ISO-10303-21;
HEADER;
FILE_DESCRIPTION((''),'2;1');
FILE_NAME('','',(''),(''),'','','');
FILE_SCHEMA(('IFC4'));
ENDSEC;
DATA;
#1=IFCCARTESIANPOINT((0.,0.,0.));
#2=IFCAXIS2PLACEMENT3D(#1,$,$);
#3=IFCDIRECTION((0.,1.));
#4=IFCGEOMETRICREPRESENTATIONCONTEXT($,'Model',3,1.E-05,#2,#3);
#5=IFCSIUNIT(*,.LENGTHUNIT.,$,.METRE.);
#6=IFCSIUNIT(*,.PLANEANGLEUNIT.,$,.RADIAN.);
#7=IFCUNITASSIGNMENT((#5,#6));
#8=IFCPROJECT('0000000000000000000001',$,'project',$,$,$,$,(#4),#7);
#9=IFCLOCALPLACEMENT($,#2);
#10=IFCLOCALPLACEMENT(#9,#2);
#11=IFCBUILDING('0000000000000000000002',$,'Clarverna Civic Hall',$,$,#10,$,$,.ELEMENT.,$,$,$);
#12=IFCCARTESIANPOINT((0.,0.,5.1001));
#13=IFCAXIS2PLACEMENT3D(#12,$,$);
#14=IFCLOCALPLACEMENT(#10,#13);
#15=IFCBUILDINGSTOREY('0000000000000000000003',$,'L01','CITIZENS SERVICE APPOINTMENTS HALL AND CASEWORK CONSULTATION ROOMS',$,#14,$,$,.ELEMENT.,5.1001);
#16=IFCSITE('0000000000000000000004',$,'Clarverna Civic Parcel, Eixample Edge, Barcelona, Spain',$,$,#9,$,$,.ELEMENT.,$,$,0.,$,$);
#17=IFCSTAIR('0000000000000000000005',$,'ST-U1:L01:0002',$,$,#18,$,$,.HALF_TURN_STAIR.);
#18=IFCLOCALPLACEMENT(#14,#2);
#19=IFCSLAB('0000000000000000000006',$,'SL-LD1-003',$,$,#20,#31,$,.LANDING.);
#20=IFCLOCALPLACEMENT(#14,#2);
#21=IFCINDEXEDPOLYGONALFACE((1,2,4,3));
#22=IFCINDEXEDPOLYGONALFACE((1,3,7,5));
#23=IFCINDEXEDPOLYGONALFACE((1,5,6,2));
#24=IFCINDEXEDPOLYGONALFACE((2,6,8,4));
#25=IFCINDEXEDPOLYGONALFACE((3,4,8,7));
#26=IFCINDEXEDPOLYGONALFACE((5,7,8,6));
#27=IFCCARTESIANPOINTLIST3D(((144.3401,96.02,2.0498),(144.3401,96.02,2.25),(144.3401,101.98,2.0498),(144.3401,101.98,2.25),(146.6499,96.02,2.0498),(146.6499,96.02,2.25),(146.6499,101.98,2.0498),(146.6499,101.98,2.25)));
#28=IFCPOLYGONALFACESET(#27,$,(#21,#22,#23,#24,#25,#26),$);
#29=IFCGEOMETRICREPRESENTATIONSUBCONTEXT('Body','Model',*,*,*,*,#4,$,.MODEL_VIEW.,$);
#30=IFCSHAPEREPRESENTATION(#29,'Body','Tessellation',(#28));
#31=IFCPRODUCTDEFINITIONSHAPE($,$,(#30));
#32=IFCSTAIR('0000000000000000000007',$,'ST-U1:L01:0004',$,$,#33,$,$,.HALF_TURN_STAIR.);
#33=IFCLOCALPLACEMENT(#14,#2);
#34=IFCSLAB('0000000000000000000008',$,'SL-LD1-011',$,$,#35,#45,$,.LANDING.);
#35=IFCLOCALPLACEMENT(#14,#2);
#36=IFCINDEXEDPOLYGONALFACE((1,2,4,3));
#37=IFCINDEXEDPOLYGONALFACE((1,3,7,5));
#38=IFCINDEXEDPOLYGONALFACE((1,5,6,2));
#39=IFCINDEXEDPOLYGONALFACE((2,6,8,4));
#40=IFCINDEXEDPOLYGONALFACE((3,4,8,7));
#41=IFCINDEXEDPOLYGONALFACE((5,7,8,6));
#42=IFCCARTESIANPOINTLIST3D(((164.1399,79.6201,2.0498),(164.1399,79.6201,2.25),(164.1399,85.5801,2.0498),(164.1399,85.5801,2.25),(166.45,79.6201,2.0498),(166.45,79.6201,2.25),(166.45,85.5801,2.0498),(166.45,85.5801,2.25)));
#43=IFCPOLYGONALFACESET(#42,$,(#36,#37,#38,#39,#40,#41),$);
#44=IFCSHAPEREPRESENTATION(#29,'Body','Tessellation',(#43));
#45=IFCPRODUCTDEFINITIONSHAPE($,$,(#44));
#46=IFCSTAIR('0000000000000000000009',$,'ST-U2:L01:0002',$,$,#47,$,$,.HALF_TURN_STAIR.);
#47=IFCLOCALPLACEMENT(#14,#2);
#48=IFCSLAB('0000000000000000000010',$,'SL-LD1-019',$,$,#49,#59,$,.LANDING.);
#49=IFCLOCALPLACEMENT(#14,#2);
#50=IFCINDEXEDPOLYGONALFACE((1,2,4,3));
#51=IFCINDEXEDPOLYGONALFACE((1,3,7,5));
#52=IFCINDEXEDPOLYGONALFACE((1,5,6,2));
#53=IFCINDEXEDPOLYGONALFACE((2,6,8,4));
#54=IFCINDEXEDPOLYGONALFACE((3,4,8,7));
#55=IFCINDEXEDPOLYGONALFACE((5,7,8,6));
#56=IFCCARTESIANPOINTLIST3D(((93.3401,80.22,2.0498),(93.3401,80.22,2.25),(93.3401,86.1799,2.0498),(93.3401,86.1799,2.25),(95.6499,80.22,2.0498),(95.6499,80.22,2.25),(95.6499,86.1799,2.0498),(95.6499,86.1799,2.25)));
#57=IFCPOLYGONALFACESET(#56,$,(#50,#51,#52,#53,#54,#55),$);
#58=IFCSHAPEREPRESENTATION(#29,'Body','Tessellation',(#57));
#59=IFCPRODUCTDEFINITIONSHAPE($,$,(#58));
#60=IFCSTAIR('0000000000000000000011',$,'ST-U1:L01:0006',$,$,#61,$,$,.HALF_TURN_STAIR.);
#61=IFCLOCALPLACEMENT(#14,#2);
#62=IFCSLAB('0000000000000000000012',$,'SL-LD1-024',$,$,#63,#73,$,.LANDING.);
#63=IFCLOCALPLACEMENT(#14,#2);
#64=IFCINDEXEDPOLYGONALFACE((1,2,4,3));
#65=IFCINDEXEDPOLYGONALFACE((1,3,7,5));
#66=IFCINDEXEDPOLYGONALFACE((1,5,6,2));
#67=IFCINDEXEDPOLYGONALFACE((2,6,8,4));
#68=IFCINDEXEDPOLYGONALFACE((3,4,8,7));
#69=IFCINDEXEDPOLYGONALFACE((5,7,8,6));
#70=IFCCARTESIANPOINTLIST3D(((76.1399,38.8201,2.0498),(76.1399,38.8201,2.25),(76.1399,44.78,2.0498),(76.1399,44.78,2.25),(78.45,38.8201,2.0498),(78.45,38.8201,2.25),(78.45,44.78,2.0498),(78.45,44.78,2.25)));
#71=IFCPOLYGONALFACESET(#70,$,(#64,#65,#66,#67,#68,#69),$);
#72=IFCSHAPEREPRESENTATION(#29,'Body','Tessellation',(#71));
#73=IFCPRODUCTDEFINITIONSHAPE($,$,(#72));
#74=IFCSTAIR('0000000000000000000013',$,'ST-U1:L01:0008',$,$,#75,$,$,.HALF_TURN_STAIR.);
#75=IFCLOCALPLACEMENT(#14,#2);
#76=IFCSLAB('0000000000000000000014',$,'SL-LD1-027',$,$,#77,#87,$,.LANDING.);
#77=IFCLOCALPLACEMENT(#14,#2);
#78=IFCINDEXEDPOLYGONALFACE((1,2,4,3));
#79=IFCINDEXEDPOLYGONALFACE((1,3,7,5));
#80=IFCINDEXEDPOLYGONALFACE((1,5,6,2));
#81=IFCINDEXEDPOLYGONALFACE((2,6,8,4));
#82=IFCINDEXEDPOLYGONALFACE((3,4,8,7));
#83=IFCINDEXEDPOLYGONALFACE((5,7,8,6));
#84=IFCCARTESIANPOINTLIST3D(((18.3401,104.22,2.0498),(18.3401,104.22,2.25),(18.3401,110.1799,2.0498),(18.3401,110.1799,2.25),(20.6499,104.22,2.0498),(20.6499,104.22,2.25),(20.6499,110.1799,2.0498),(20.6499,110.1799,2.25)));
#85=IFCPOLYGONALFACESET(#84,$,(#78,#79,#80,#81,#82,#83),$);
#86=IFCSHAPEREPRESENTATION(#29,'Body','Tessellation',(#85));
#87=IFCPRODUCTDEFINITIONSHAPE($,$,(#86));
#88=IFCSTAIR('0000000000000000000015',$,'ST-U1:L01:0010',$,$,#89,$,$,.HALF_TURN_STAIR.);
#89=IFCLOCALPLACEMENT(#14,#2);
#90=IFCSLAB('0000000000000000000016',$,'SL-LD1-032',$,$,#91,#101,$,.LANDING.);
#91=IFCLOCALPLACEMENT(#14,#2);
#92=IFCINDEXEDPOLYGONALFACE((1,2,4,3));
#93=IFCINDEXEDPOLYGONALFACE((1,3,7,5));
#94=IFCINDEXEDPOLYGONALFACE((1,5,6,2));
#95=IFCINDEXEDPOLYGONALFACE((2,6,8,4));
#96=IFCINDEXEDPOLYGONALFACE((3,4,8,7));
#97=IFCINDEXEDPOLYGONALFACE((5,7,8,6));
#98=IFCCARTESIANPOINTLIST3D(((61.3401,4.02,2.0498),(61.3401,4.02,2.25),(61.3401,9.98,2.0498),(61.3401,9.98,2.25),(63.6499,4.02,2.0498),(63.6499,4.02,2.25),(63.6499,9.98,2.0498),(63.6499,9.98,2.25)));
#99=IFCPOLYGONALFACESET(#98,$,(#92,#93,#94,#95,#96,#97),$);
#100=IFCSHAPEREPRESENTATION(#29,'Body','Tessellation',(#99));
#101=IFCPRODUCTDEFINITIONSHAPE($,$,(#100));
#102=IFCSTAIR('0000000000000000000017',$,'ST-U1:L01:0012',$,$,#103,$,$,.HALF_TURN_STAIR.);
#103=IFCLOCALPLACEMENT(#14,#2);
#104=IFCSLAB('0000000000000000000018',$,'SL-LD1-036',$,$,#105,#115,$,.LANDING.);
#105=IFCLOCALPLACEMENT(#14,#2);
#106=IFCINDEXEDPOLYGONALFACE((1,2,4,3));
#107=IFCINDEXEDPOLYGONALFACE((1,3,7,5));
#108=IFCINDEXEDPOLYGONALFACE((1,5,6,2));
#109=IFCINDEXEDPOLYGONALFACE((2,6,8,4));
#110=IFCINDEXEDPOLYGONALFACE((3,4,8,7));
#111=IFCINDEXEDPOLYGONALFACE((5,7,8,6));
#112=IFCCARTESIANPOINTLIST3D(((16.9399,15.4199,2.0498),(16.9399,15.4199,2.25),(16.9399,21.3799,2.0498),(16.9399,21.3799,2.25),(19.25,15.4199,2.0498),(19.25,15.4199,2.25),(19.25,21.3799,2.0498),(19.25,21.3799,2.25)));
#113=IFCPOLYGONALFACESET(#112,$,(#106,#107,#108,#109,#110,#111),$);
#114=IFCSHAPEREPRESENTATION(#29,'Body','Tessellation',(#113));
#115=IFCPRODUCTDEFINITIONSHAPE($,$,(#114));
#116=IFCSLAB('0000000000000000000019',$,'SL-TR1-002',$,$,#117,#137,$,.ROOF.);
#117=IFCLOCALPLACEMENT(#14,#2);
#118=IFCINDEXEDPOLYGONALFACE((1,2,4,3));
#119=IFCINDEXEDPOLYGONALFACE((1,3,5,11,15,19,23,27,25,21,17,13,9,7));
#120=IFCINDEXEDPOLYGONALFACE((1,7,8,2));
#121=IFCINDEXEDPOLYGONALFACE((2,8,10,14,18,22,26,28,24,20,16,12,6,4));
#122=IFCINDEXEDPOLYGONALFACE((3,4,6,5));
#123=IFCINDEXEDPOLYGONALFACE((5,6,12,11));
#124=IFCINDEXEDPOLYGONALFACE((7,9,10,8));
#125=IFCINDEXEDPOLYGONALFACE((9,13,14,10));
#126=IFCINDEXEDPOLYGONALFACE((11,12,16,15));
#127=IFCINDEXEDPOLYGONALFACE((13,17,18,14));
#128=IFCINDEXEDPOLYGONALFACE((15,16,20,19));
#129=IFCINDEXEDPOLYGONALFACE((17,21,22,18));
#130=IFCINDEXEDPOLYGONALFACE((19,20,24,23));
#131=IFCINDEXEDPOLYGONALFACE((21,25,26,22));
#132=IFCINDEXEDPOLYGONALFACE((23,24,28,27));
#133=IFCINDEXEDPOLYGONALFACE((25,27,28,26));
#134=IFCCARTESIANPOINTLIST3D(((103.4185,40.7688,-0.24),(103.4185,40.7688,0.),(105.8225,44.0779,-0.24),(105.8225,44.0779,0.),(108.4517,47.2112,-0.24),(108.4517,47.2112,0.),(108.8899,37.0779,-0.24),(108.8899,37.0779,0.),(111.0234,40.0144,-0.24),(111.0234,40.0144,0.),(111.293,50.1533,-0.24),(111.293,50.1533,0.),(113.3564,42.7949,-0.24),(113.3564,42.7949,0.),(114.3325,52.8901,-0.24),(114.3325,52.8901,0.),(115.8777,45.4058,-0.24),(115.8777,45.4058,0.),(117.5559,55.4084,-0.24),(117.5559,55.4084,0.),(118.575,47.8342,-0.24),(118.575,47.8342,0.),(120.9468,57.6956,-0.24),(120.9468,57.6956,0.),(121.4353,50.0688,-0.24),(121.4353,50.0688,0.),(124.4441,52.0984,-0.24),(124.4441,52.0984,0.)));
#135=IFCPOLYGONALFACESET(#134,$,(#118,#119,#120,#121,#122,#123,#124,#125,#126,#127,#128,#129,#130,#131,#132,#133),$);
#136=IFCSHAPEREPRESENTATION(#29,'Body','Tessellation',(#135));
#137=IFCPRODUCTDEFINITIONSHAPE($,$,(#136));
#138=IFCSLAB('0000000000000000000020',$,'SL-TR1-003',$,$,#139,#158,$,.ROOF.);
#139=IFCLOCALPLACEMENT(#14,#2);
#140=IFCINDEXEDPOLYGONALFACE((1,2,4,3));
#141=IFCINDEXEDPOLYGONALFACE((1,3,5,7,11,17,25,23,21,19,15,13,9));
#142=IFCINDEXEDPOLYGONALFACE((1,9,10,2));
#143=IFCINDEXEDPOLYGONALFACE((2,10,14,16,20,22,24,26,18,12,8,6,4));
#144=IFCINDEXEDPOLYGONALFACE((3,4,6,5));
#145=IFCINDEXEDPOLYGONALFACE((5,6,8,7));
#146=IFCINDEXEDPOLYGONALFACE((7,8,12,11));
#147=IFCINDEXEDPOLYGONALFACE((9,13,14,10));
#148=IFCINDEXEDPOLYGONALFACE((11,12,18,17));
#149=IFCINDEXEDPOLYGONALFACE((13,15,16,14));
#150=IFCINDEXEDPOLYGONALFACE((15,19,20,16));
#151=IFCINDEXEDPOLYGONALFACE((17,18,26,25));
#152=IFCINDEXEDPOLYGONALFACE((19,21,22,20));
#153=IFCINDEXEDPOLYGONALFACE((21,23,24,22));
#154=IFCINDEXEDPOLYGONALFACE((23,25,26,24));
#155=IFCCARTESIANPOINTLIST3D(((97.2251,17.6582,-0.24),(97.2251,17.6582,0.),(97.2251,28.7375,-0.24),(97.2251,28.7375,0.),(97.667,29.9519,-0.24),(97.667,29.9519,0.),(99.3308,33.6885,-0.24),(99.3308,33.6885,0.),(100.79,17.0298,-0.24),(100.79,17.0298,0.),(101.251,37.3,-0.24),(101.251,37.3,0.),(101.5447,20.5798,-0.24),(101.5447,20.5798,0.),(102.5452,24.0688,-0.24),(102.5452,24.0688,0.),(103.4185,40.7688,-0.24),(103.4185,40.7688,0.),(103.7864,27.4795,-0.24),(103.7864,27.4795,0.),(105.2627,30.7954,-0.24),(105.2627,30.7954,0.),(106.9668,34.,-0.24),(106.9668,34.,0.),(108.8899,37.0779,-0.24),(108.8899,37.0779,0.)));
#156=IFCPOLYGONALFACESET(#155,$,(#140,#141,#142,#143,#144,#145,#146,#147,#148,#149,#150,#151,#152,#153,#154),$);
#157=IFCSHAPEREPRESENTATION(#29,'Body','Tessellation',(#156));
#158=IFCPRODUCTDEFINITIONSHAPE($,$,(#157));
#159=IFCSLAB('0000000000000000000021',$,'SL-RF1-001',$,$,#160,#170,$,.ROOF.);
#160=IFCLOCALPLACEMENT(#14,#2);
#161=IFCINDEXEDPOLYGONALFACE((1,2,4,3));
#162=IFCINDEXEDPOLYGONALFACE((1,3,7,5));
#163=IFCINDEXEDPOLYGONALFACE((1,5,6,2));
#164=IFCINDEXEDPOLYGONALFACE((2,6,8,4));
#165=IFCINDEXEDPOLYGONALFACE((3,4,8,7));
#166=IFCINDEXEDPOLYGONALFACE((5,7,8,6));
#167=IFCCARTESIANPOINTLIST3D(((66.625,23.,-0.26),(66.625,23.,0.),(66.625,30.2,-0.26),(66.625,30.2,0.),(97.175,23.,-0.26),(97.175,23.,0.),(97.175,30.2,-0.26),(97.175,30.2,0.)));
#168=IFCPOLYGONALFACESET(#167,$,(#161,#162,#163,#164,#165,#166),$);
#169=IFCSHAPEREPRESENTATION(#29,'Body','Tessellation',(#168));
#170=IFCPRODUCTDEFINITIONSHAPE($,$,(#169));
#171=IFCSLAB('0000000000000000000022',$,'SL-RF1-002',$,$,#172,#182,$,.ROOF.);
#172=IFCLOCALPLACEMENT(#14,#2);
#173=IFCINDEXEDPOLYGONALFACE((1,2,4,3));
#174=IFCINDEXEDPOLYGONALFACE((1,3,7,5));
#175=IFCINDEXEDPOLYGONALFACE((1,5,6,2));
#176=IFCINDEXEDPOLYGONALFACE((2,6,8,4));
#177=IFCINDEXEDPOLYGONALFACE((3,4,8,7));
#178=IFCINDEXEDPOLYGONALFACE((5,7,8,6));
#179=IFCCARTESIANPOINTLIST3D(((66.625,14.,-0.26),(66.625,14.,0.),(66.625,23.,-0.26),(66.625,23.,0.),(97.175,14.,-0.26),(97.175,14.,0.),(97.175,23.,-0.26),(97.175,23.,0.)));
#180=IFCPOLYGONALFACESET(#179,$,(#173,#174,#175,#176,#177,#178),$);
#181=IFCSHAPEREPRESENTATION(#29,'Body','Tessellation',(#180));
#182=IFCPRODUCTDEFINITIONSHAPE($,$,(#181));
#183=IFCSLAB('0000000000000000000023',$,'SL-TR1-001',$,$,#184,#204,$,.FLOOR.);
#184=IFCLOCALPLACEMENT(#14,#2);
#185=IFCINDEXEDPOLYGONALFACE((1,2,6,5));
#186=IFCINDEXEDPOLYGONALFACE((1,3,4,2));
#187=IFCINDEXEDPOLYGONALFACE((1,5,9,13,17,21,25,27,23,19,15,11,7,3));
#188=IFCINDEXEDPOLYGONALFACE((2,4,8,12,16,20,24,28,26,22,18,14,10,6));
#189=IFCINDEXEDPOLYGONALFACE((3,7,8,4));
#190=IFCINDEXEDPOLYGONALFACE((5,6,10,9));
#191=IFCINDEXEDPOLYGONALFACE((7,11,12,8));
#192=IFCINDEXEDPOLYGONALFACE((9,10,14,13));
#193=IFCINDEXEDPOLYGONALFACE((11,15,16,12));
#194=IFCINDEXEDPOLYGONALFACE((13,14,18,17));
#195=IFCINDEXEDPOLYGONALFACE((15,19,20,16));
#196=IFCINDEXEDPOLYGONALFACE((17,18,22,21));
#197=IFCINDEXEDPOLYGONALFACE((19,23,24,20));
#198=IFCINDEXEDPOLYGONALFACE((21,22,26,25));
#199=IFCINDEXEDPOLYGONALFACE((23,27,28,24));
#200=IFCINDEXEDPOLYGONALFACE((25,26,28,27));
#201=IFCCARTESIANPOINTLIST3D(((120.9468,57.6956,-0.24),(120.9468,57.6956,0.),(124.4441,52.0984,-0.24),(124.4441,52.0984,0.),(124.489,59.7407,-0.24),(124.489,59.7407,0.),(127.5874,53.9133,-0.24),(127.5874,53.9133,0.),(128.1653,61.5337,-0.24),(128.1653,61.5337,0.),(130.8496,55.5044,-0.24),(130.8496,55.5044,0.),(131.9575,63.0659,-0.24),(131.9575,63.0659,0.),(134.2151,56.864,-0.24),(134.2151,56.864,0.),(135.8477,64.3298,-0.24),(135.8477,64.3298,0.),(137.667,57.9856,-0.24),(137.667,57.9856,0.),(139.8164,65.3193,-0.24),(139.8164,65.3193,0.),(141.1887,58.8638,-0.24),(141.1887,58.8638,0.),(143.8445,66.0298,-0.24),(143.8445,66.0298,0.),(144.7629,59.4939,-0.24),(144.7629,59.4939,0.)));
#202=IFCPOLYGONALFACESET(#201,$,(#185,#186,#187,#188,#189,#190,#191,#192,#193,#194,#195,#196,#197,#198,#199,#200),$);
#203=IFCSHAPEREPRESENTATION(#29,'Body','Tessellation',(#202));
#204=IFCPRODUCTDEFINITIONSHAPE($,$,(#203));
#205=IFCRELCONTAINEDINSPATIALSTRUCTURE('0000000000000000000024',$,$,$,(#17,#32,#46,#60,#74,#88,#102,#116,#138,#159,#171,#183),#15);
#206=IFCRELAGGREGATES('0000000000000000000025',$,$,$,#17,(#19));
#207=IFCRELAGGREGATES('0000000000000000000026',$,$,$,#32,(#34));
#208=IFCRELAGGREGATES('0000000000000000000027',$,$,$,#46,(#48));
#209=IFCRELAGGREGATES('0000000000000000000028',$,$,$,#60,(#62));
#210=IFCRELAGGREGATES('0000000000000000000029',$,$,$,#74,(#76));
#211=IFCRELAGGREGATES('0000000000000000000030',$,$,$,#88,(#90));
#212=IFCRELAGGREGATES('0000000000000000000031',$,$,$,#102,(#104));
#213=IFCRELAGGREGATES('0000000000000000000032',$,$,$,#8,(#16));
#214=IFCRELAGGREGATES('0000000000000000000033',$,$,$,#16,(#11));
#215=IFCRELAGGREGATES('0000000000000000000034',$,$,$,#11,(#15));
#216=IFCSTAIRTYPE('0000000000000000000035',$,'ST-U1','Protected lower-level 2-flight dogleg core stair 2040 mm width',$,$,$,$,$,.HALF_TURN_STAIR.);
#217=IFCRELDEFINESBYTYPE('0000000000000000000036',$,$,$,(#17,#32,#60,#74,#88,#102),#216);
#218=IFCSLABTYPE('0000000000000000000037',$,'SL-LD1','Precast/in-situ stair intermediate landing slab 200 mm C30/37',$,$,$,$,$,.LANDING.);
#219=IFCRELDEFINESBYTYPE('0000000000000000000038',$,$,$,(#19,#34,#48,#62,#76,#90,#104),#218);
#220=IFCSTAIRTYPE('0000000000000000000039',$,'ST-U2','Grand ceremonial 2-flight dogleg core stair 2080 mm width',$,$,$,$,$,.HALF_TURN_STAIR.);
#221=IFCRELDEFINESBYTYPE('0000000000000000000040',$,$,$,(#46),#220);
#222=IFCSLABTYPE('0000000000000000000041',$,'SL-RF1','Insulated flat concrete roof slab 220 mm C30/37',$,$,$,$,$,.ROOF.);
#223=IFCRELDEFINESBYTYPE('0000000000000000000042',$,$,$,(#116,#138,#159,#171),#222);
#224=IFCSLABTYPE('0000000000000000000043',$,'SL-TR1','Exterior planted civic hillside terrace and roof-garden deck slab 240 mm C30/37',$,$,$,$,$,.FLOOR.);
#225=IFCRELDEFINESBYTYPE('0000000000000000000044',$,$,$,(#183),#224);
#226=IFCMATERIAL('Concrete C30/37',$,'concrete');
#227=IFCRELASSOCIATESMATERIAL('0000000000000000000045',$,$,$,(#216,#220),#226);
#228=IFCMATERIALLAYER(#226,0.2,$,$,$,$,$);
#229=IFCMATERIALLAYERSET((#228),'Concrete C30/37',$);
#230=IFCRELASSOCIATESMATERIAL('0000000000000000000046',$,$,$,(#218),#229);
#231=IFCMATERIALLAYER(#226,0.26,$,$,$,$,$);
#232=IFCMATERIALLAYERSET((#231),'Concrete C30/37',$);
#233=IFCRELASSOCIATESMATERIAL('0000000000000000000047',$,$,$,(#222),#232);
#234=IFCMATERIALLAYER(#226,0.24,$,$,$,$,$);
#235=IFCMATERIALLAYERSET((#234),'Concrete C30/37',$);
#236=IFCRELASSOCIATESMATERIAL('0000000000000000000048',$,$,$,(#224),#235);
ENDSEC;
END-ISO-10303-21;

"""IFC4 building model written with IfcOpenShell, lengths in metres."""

from ifc_helpers import new_model, si_unit, direction, frame, origin, place, context, subcontext, project, spatial, polyline, outline, extrude, material, layer, layer_set, type_object, element, aggregate, save


model = new_model("IFC4")

# Units and contexts
model_context = context("Model", 3, precision=1e-05, world=origin(), true_north=direction((0.0, 1.0)))
body_context = subcontext(model_context, "Body", "Model", "MODEL_VIEW")
ifc_project = project(units=[si_unit("LENGTHUNIT", "METRE"), si_unit("PLANEANGLEUNIT", "RADIAN")], contexts=[model_context])

# Site, building, storey
site_placement = place(None, origin())
site = spatial("IfcSite", under=ifc_project, at=site_placement, Name="Clarverna Civic Parcel, Eixample Edge, Barcelona, Spain", CompositionType="ELEMENT", RefElevation=0.0)
building_placement = place(site_placement, origin())
building = spatial("IfcBuilding", under=site, at=building_placement, Name="Clarverna Civic Hall", CompositionType="ELEMENT")
storey_placement = place(building_placement, frame((0.0, 0.0, 5.1001)))
storey = spatial("IfcBuildingStorey", under=building, at=storey_placement, Name="L01", Description="CITIZENS SERVICE APPOINTMENTS HALL AND CASEWORK CONSULTATION ROOMS", CompositionType="ELEMENT", Elevation=5.1001)

# Shared definitions
ifc_material_1 = material(Name="Concrete C30/37", Category="concrete")

# Stairs, slabs
stair_type_1 = type_object("IfcStairType", Name="ST-U1", Description="Protected lower-level 2-flight dogleg core stair 2040 mm width", PredefinedType="HALF_TURN_STAIR", material=ifc_material_1)
stair_1_placement = place(storey_placement, origin())
stair_1 = element("IfcStair", 1, at=stair_1_placement, inside=storey, type_object=stair_type_1, Name="ST-U1:L01:0002", PredefinedType="HALF_TURN_STAIR")
ifc_layer_1 = layer(ifc_material_1, 0.2)
ifc_layer_set_1 = layer_set([ifc_layer_1], Name="Concrete C30/37")
slab_type_1 = type_object("IfcSlabType", Name="SL-LD1", Description="Precast/in-situ stair intermediate landing slab 200 mm C30/37", PredefinedType="LANDING", material=ifc_layer_set_1)
slab_1_placement = place(storey_placement, frame((0.0, 0.0, 2.0498)))
slab_1 = element("IfcSlab", 2, at=slab_1_placement, type_object=slab_type_1, Name="SL-LD1-003", PredefinedType="LANDING", context=body_context, shape_type="SweptSolid", body=[
    extrude(outline(polyline([(144.3401, 96.02), (146.6499, 96.02), (146.6499, 101.98), (144.3401, 101.98), (144.3401, 96.02)])), origin(), (0.0, 0.0, 1.0), 0.2002),
])
aggregate(stair_1, [slab_1])
stair_2_placement = place(storey_placement, origin())
stair_2 = element("IfcStair", 3, at=stair_2_placement, inside=storey, type_object=stair_type_1, Name="ST-U1:L01:0004", PredefinedType="HALF_TURN_STAIR")
slab_2_placement = place(storey_placement, frame((0.0, 0.0, 2.0498)))
slab_2 = element("IfcSlab", 4, at=slab_2_placement, type_object=slab_type_1, Name="SL-LD1-011", PredefinedType="LANDING", context=body_context, shape_type="SweptSolid", body=[
    extrude(outline(polyline([(164.1399, 79.6201), (166.45, 79.6201), (166.45, 85.5801), (164.1399, 85.5801), (164.1399, 79.6201)])), origin(), (0.0, 0.0, 1.0), 0.2002),
])
aggregate(stair_2, [slab_2])
stair_type_2 = type_object("IfcStairType", Name="ST-U2", Description="Grand ceremonial 2-flight dogleg core stair 2080 mm width", PredefinedType="HALF_TURN_STAIR", material=ifc_material_1)
stair_3_placement = place(storey_placement, origin())
stair_3 = element("IfcStair", 5, at=stair_3_placement, inside=storey, type_object=stair_type_2, Name="ST-U2:L01:0002", PredefinedType="HALF_TURN_STAIR")
slab_3_placement = place(storey_placement, frame((0.0, 0.0, 2.0498)))
slab_3 = element("IfcSlab", 6, at=slab_3_placement, type_object=slab_type_1, Name="SL-LD1-019", PredefinedType="LANDING", context=body_context, shape_type="SweptSolid", body=[
    extrude(outline(polyline([(93.3401, 80.22), (95.6499, 80.22), (95.6499, 86.1799), (93.3401, 86.1799), (93.3401, 80.22)])), origin(), (0.0, 0.0, 1.0), 0.2002),
])
aggregate(stair_3, [slab_3])
stair_4_placement = place(storey_placement, origin())
stair_4 = element("IfcStair", 7, at=stair_4_placement, inside=storey, type_object=stair_type_1, Name="ST-U1:L01:0006", PredefinedType="HALF_TURN_STAIR")
slab_4_placement = place(storey_placement, frame((0.0, 0.0, 2.0498)))
slab_4 = element("IfcSlab", 8, at=slab_4_placement, type_object=slab_type_1, Name="SL-LD1-024", PredefinedType="LANDING", context=body_context, shape_type="SweptSolid", body=[
    extrude(outline(polyline([(76.1399, 38.8201), (78.45, 38.8201), (78.45, 44.78), (76.1399, 44.78), (76.1399, 38.8201)])), origin(), (0.0, 0.0, 1.0), 0.2002),
])
aggregate(stair_4, [slab_4])
stair_5_placement = place(storey_placement, origin())
stair_5 = element("IfcStair", 9, at=stair_5_placement, inside=storey, type_object=stair_type_1, Name="ST-U1:L01:0008", PredefinedType="HALF_TURN_STAIR")
slab_5_placement = place(storey_placement, frame((0.0, 0.0, 2.0498)))
slab_5 = element("IfcSlab", 10, at=slab_5_placement, type_object=slab_type_1, Name="SL-LD1-027", PredefinedType="LANDING", context=body_context, shape_type="SweptSolid", body=[
    extrude(outline(polyline([(18.3401, 104.22), (20.6499, 104.22), (20.6499, 110.1799), (18.3401, 110.1799), (18.3401, 104.22)])), origin(), (0.0, 0.0, 1.0), 0.2002),
])
aggregate(stair_5, [slab_5])
stair_6_placement = place(storey_placement, origin())
stair_6 = element("IfcStair", 11, at=stair_6_placement, inside=storey, type_object=stair_type_1, Name="ST-U1:L01:0010", PredefinedType="HALF_TURN_STAIR")
slab_6_placement = place(storey_placement, frame((0.0, 0.0, 2.0498)))
slab_6 = element("IfcSlab", 12, at=slab_6_placement, type_object=slab_type_1, Name="SL-LD1-032", PredefinedType="LANDING", context=body_context, shape_type="SweptSolid", body=[
    extrude(outline(polyline([(61.3401, 4.02), (63.6499, 4.02), (63.6499, 9.98), (61.3401, 9.98), (61.3401, 4.02)])), origin(), (0.0, 0.0, 1.0), 0.2002),
])
aggregate(stair_6, [slab_6])
stair_7_placement = place(storey_placement, origin())
stair_7 = element("IfcStair", 13, at=stair_7_placement, inside=storey, type_object=stair_type_1, Name="ST-U1:L01:0012", PredefinedType="HALF_TURN_STAIR")
slab_7_placement = place(storey_placement, frame((0.0, 0.0, 2.0498)))
slab_7 = element("IfcSlab", 14, at=slab_7_placement, type_object=slab_type_1, Name="SL-LD1-036", PredefinedType="LANDING", context=body_context, shape_type="SweptSolid", body=[
    extrude(outline(polyline([(16.9399, 15.4199), (19.25, 15.4199), (19.25, 21.3799), (16.9399, 21.3799), (16.9399, 15.4199)])), origin(), (0.0, 0.0, 1.0), 0.2002),
])
aggregate(stair_7, [slab_7])

# Slabs
ifc_layer_2 = layer(ifc_material_1, 0.26)
ifc_layer_set_2 = layer_set([ifc_layer_2], Name="Concrete C30/37")
slab_type_2 = type_object("IfcSlabType", Name="SL-RF1", Description="Insulated flat concrete roof slab 220 mm C30/37", PredefinedType="ROOF", material=ifc_layer_set_2)
slab_8_placement = place(storey_placement, frame((0.0, 0.0, -0.24)))
element("IfcSlab", 15, at=slab_8_placement, inside=storey, type_object=slab_type_2, Name="SL-TR1-002", PredefinedType="ROOF", context=body_context, shape_type="SweptSolid", body=[
    extrude(outline(polyline([(118.575, 47.8342), (121.4353, 50.0688), (124.4441, 52.0984), (120.9468, 57.6956), (117.5559, 55.4084), (114.3325, 52.8901), (111.293, 50.1533), (108.4517, 47.2112), (105.8225, 44.0779), (103.4185, 40.7688), (108.8899, 37.0779), (111.0234, 40.0144), (113.3564, 42.7949), (115.8777, 45.4058), (118.575, 47.8342)])), origin(), (0.0, 0.0, 1.0), 0.24),
])
slab_9_placement = place(storey_placement, frame((0.0, 0.0, -0.24)))
element("IfcSlab", 16, at=slab_9_placement, inside=storey, type_object=slab_type_2, Name="SL-TR1-003", PredefinedType="ROOF", context=body_context, shape_type="SweptSolid", body=[
    extrude(outline(polyline([(105.2627, 30.7954), (106.9668, 34.0), (108.8899, 37.0779), (103.4185, 40.7688), (101.251, 37.3), (99.3308, 33.6885), (97.667, 29.9519), (97.2251, 28.7375), (97.2251, 17.6582), (100.79, 17.0298), (101.5447, 20.5798), (102.5452, 24.0688), (103.7864, 27.4795), (105.2627, 30.7954)])), origin(), (0.0, 0.0, 1.0), 0.24),
])
slab_10_placement = place(storey_placement, frame((0.0, 0.0, -0.26)))
element("IfcSlab", 17, at=slab_10_placement, inside=storey, type_object=slab_type_2, Name="SL-RF1-001", PredefinedType="ROOF", context=body_context, shape_type="SweptSolid", body=[
    extrude(outline(polyline([(97.175, 30.2), (66.625, 30.2), (66.625, 23.0), (97.175, 23.0), (97.175, 30.2)])), origin(), (0.0, 0.0, 1.0), 0.26),
])
slab_11_placement = place(storey_placement, frame((0.0, 0.0, -0.26)))
element("IfcSlab", 18, at=slab_11_placement, inside=storey, type_object=slab_type_2, Name="SL-RF1-002", PredefinedType="ROOF", context=body_context, shape_type="SweptSolid", body=[
    extrude(outline(polyline([(97.175, 23.0), (66.625, 23.0), (66.625, 14.0), (97.175, 14.0), (97.175, 23.0)])), origin(), (0.0, 0.0, 1.0), 0.26),
])
ifc_layer_3 = layer(ifc_material_1, 0.24)
ifc_layer_set_3 = layer_set([ifc_layer_3], Name="Concrete C30/37")
slab_type_3 = type_object("IfcSlabType", Name="SL-TR1", Description="Exterior planted civic hillside terrace and roof-garden deck slab 240 mm C30/37", PredefinedType="FLOOR", material=ifc_layer_set_3)
slab_12_placement = place(storey_placement, frame((0.0, 0.0, -0.24)))
element("IfcSlab", 19, at=slab_12_placement, inside=storey, type_object=slab_type_3, Name="SL-TR1-001", PredefinedType="FLOOR", context=body_context, shape_type="SweptSolid", body=[
    extrude(outline(polyline([(137.667, 57.9856), (141.1887, 58.8638), (144.7629, 59.4939), (143.8445, 66.0298), (139.8164, 65.3193), (135.8477, 64.3298), (131.9575, 63.0659), (128.1653, 61.5337), (124.489, 59.7407), (120.9468, 57.6956), (124.4441, 52.0984), (127.5874, 53.9133), (130.8496, 55.5044), (134.2151, 56.864), (137.667, 57.9856)])), origin(), (0.0, 0.0, 1.0), 0.24),
])

save(model, "model.ifc")
